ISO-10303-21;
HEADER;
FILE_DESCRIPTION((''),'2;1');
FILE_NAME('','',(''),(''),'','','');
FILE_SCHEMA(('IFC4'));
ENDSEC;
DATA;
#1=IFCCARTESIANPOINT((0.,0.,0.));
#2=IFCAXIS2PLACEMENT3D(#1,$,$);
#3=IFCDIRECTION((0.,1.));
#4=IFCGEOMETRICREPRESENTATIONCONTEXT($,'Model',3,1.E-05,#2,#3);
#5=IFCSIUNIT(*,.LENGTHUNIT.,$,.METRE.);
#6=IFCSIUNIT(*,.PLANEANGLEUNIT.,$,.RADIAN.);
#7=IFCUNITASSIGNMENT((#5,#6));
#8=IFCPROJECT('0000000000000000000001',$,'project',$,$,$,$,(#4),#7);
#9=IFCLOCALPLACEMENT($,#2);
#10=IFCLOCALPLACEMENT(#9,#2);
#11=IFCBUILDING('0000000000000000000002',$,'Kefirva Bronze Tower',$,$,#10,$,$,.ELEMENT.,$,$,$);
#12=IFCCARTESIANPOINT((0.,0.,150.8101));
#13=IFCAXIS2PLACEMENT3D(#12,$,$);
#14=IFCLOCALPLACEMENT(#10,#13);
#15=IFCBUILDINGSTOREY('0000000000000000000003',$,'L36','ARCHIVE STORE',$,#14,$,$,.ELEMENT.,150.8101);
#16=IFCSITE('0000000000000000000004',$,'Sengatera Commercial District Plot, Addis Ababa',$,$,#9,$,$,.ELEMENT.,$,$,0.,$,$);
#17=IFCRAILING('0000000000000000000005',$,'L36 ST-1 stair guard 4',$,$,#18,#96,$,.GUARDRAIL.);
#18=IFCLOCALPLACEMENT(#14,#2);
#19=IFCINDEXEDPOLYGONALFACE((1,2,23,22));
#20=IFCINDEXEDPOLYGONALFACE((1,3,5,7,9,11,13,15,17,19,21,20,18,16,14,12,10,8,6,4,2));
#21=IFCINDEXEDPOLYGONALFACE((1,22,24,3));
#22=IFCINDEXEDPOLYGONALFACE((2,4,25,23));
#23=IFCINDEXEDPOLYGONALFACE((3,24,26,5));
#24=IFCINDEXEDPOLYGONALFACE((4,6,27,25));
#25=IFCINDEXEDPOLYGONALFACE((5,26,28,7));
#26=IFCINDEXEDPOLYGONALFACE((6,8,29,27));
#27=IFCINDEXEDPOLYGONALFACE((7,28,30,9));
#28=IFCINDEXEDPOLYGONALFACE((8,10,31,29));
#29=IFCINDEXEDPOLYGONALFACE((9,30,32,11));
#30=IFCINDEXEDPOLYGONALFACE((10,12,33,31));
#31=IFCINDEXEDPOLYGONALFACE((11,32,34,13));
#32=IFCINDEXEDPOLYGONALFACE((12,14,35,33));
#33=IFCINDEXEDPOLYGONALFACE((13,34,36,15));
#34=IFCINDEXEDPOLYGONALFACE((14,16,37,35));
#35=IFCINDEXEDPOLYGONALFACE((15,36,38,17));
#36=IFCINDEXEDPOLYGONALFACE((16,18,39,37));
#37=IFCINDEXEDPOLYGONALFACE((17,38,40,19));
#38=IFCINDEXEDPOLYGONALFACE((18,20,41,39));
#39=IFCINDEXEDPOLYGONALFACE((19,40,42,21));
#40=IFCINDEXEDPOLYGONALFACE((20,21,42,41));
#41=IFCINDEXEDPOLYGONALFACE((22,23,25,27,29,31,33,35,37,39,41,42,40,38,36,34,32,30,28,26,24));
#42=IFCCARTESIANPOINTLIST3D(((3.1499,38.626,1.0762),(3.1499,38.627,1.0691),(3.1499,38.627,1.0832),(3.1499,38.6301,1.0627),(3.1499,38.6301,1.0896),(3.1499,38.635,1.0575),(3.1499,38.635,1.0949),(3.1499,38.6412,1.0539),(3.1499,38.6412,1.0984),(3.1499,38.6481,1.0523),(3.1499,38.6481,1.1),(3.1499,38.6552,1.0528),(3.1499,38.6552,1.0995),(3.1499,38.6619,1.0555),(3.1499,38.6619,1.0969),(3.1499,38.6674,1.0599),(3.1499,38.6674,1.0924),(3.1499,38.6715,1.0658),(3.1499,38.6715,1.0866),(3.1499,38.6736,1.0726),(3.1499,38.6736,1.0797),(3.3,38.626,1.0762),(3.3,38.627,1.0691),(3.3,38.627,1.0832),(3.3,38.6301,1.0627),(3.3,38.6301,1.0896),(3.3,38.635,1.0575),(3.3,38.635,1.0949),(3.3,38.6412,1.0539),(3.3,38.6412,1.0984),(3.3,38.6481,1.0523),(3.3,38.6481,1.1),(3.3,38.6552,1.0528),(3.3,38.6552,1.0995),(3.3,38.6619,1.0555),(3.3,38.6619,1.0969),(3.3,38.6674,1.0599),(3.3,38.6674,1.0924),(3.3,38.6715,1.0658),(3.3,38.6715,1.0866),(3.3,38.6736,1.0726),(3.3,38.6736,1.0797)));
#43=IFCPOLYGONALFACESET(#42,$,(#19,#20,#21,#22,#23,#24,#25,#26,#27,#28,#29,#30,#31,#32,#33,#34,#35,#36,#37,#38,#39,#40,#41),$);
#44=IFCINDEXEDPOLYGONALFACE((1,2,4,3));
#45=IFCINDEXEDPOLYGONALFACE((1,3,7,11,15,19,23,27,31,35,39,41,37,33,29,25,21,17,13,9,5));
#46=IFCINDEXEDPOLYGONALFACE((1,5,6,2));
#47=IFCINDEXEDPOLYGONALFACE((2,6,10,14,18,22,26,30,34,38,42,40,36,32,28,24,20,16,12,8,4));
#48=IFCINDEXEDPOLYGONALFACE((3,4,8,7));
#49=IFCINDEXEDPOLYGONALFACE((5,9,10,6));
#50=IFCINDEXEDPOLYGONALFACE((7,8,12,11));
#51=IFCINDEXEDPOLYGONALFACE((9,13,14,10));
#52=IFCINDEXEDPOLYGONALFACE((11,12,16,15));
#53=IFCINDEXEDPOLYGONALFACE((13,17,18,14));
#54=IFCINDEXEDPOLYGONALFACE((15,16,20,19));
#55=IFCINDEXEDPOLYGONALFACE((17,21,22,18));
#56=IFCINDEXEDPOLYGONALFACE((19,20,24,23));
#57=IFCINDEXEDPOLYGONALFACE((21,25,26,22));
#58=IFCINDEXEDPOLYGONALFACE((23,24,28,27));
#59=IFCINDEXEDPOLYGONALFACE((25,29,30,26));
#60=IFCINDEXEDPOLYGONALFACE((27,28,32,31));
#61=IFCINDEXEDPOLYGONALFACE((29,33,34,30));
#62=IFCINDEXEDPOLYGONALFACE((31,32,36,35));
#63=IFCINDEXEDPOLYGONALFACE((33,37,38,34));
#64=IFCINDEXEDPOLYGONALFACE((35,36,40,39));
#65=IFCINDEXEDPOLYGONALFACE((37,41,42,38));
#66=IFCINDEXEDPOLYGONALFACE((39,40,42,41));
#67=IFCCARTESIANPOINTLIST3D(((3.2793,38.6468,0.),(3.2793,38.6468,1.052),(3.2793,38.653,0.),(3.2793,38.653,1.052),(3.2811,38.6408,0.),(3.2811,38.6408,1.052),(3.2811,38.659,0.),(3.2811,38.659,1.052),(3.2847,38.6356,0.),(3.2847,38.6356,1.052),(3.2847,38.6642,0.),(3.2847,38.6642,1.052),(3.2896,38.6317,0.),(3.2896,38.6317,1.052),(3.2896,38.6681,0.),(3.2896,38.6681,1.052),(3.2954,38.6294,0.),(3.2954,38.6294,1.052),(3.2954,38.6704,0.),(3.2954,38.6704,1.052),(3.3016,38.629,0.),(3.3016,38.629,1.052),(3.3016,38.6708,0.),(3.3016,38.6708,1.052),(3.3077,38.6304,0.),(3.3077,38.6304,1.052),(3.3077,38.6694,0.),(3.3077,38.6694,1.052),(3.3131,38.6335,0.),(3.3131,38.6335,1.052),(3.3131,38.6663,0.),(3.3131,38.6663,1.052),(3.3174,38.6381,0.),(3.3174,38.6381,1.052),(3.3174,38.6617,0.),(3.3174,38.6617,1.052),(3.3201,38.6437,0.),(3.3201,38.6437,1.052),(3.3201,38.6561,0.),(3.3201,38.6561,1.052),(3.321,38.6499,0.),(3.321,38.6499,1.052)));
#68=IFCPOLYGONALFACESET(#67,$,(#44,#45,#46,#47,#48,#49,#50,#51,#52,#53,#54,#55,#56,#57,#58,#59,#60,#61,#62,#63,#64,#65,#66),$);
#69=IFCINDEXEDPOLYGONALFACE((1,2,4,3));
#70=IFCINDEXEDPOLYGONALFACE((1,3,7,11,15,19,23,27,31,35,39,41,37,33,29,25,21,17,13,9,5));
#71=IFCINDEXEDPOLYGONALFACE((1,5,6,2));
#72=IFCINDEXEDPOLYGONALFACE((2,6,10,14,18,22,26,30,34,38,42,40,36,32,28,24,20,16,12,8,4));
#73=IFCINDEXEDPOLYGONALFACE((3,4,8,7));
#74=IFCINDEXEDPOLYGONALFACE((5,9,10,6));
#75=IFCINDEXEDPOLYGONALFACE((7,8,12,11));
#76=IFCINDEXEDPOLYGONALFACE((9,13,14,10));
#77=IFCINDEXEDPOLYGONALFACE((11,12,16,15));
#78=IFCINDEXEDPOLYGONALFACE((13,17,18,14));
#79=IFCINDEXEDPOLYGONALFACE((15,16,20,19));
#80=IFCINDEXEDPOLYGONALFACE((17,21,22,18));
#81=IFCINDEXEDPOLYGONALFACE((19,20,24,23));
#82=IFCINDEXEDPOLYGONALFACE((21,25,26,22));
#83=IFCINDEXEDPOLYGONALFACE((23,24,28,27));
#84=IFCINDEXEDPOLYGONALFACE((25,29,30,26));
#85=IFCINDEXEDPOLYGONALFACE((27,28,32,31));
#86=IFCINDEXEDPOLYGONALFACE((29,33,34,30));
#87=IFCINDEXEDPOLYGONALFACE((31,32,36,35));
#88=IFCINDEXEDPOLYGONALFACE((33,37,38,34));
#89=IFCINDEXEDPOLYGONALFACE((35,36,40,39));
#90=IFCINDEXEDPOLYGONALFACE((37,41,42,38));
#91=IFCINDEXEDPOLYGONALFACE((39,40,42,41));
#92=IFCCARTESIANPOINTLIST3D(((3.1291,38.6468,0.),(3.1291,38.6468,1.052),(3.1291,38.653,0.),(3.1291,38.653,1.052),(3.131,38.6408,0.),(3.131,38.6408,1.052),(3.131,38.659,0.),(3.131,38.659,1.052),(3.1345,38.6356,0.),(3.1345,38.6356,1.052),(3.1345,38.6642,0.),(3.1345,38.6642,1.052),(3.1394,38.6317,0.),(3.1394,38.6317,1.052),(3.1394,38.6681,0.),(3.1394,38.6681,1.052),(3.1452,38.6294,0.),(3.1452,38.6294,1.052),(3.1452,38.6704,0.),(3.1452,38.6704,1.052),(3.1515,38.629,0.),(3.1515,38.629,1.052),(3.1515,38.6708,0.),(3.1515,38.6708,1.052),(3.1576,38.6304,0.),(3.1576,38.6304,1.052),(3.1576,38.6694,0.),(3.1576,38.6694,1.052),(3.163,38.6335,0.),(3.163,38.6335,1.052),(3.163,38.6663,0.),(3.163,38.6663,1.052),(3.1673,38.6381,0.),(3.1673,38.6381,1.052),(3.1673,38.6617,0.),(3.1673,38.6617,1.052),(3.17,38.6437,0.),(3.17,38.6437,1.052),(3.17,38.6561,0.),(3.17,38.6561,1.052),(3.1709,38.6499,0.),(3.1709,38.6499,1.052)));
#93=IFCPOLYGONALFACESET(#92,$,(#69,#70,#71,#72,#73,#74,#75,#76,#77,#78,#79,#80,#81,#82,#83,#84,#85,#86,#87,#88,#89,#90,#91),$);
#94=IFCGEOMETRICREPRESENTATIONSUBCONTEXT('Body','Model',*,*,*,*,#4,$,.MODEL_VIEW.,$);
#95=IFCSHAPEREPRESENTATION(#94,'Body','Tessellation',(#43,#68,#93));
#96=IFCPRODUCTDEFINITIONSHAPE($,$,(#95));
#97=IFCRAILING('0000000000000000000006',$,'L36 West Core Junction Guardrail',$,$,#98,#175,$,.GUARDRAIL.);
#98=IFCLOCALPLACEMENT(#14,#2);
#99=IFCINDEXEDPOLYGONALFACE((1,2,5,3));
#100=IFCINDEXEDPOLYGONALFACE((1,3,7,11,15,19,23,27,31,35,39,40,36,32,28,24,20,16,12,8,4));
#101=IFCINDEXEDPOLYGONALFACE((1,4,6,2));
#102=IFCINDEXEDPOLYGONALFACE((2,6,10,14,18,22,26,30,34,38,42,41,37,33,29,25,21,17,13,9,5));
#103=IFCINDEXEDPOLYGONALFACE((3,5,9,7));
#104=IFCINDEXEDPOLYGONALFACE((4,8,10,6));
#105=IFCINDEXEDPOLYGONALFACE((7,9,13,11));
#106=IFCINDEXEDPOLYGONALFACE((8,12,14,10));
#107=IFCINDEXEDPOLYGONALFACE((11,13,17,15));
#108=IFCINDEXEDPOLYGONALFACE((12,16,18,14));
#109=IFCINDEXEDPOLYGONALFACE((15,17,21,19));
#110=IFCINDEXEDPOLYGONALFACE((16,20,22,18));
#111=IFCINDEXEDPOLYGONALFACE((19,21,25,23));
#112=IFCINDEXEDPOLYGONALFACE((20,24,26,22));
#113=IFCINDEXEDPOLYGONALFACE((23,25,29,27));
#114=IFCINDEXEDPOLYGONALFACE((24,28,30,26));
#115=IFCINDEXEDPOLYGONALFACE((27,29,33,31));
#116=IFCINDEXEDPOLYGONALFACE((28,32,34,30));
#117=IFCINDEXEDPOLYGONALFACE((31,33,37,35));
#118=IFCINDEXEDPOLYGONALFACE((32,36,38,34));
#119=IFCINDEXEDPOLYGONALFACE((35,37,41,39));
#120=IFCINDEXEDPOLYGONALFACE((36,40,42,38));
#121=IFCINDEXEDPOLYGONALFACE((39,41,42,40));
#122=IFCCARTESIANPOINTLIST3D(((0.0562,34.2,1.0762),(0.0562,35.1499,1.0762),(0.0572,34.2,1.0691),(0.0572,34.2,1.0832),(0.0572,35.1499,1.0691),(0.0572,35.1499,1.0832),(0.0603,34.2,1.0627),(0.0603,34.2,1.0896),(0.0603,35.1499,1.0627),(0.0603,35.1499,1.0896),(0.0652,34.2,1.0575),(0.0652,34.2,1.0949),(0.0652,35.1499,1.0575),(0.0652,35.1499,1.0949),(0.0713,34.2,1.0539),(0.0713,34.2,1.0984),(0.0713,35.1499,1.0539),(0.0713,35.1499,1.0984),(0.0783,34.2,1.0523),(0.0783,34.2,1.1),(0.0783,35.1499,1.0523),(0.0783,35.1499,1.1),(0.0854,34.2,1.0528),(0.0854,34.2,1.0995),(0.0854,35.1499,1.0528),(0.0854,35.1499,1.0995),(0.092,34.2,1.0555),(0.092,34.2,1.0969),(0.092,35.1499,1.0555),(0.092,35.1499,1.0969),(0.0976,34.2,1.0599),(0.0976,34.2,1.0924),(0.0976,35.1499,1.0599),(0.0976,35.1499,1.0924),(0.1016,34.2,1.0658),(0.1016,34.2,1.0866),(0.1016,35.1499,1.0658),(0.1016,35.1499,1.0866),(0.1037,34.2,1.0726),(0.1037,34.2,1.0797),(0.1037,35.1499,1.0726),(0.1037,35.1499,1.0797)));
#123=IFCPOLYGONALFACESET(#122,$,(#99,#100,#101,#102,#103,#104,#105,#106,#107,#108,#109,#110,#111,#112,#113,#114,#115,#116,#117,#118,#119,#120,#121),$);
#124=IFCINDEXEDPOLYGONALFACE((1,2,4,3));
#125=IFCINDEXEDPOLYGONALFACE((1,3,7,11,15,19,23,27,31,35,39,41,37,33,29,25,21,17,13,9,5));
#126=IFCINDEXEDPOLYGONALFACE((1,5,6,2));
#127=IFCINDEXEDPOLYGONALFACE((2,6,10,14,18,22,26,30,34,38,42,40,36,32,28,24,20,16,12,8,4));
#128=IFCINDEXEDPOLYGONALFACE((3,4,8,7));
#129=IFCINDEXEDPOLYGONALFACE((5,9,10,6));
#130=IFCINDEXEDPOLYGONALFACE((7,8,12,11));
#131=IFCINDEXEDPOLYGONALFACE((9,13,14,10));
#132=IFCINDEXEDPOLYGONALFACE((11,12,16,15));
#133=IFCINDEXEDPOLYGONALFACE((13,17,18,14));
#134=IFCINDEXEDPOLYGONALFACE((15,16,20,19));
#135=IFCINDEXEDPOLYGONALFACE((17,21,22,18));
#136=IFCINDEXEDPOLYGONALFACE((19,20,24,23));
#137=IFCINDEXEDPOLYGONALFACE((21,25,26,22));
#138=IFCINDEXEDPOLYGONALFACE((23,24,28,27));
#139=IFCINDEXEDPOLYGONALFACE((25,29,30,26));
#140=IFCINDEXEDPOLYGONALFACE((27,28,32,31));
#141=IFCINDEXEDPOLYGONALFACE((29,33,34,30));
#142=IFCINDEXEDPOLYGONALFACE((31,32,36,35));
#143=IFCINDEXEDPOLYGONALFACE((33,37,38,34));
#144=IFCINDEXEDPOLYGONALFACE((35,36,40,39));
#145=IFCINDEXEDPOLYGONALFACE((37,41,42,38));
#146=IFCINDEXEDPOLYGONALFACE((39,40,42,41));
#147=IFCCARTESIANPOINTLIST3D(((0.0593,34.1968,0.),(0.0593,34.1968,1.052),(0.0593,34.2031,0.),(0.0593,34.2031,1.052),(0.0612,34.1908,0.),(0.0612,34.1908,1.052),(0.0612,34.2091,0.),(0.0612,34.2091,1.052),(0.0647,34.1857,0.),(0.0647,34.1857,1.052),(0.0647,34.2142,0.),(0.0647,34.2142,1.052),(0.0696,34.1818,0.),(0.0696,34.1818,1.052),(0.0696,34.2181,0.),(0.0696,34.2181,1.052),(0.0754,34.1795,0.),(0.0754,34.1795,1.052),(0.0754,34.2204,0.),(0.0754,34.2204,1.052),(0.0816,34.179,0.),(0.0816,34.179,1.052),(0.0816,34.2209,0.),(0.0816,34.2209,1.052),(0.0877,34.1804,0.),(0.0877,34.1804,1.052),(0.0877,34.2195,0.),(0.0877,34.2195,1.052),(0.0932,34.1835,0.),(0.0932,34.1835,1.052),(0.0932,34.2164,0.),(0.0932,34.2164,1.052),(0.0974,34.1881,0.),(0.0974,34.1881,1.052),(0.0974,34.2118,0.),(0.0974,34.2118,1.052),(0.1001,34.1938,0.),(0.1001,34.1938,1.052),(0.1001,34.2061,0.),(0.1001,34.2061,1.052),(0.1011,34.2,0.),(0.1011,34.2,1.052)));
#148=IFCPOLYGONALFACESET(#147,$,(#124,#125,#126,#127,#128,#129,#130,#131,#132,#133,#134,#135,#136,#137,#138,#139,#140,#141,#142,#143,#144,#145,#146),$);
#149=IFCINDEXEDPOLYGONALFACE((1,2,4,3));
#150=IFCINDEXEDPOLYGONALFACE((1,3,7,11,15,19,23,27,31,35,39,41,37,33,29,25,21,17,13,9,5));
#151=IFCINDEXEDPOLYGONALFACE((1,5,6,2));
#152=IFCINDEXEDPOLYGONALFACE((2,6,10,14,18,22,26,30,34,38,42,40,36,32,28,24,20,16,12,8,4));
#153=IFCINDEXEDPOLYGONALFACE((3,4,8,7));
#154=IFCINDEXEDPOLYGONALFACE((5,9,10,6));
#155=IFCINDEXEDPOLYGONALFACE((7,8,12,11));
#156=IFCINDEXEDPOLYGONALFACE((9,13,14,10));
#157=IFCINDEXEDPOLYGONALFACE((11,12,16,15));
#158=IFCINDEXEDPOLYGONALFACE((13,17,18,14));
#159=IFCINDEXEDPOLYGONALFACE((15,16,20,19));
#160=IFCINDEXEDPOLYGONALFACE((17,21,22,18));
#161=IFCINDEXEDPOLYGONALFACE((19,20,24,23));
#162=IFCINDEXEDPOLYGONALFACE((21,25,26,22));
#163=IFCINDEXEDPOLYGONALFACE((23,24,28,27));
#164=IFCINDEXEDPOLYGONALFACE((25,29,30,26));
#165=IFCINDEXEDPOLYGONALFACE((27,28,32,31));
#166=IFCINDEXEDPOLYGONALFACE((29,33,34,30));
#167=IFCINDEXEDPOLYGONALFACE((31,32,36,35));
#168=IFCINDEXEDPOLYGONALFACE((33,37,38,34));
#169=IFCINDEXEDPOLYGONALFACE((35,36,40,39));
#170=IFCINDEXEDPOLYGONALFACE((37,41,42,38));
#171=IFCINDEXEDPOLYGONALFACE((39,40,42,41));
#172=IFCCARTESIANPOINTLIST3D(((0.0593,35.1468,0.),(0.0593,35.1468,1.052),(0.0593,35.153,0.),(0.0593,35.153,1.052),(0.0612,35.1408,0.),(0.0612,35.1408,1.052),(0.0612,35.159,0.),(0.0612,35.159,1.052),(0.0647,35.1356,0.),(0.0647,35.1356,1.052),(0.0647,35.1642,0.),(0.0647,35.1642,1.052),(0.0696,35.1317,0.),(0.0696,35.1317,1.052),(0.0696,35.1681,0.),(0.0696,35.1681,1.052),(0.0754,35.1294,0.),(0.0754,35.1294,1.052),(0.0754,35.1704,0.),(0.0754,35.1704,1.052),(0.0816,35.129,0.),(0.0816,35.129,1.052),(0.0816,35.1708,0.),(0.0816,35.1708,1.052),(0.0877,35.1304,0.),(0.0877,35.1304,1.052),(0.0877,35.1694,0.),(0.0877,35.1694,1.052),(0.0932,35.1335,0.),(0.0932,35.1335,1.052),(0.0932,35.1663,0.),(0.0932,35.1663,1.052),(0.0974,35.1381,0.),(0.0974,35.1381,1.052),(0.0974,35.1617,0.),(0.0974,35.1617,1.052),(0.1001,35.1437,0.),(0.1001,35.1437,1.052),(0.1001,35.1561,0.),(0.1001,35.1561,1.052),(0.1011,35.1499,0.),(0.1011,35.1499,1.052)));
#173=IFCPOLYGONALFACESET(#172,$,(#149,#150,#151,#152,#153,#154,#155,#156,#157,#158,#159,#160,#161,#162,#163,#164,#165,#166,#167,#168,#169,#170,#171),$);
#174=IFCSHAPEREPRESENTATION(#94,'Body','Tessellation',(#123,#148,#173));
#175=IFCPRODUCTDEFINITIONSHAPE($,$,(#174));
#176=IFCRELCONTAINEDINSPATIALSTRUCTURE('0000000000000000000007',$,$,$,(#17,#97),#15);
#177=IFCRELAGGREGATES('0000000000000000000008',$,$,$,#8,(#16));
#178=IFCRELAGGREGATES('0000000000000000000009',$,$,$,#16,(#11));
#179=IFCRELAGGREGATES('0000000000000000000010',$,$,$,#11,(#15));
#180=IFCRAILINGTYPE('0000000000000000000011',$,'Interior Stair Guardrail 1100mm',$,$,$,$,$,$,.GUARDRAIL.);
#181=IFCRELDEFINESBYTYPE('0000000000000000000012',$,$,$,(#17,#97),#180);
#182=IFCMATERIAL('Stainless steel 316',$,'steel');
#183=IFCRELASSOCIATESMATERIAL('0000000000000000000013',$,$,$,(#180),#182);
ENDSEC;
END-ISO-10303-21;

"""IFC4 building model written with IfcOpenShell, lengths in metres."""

from ifc_helpers import new_model, si_unit, direction, frame, origin, origin_2d, place, context, subcontext, project, spatial, circle, extrude, material, type_object, element, save


model = new_model("IFC4")

# Units and contexts
model_context = context("Model", 3, precision=1e-05, world=origin(), true_north=direction((0.0, 1.0)))
body_context = subcontext(model_context, "Body", "Model", "MODEL_VIEW")
ifc_project = project(units=[si_unit("LENGTHUNIT", "METRE"), si_unit("PLANEANGLEUNIT", "RADIAN")], contexts=[model_context])

# Site, building, storey
site_placement = place(None, origin())
site = spatial("IfcSite", under=ifc_project, at=site_placement, Name="Sengatera Commercial District Plot, Addis Ababa", CompositionType="ELEMENT", RefElevation=0.0)
building_placement = place(site_placement, origin())
building = spatial("IfcBuilding", under=site, at=building_placement, Name="Kefirva Bronze Tower", CompositionType="ELEMENT")
storey_placement = place(building_placement, frame((0.0, 0.0, 150.8101)))
storey = spatial("IfcBuildingStorey", under=building, at=storey_placement, Name="L36", Description="ARCHIVE STORE", CompositionType="ELEMENT", Elevation=150.8101)

# Railings
ifc_material_1 = material(Name="Stainless steel 316", Category="steel")
railing_type_1 = type_object("IfcRailingType", Name="Interior Stair Guardrail 1100mm", PredefinedType="GUARDRAIL", material=ifc_material_1)
railing_1_placement = place(storey_placement, frame((3.3, 38.6499, 0.0)))
element("IfcRailing", 1, at=railing_1_placement, inside=storey, type_object=railing_type_1, Name="L36 ST-1 stair guard 4", PredefinedType="GUARDRAIL", context=body_context, shape_type="SweptSolid", body=[
    extrude(circle(Radius=0.0239, at=origin_2d()), frame((0.0, 0.0, 1.0762), z_axis=(-1.0, 0.0, 0.0), x_axis=(0.0, -1.0, 0.0)), (0.0, 0.0, 1.0), 0.1501),
    extrude(circle(Radius=0.021, at=origin_2d()), origin(), (0.0, 0.0, 1.0), 1.052),
    extrude(circle(Radius=0.021, at=origin_2d()), frame((-0.1501, 0.0, 0.0)), (0.0, 0.0, 1.0), 1.052),
])
railing_2_placement = place(storey_placement, frame((0.0801, 34.2, 0.0)))
element("IfcRailing", 2, at=railing_2_placement, inside=storey, type_object=railing_type_1, Name="L36 West Core Junction Guardrail", PredefinedType="GUARDRAIL", context=body_context, shape_type="SweptSolid", body=[
    extrude(circle(Radius=0.0239, at=origin_2d()), frame((0.0, 0.0, 1.0762), z_axis=(0.0, 1.0, 0.0), x_axis=(-1.0, 0.0, 0.0)), (0.0, 0.0, 1.0), 0.95),
    extrude(circle(Radius=0.021, at=origin_2d()), origin(), (0.0, 0.0, 1.0), 1.052),
    extrude(circle(Radius=0.021, at=origin_2d()), frame((0.0, 0.95, 0.0)), (0.0, 0.0, 1.0), 1.052),
])

save(model, "model.ifc")
